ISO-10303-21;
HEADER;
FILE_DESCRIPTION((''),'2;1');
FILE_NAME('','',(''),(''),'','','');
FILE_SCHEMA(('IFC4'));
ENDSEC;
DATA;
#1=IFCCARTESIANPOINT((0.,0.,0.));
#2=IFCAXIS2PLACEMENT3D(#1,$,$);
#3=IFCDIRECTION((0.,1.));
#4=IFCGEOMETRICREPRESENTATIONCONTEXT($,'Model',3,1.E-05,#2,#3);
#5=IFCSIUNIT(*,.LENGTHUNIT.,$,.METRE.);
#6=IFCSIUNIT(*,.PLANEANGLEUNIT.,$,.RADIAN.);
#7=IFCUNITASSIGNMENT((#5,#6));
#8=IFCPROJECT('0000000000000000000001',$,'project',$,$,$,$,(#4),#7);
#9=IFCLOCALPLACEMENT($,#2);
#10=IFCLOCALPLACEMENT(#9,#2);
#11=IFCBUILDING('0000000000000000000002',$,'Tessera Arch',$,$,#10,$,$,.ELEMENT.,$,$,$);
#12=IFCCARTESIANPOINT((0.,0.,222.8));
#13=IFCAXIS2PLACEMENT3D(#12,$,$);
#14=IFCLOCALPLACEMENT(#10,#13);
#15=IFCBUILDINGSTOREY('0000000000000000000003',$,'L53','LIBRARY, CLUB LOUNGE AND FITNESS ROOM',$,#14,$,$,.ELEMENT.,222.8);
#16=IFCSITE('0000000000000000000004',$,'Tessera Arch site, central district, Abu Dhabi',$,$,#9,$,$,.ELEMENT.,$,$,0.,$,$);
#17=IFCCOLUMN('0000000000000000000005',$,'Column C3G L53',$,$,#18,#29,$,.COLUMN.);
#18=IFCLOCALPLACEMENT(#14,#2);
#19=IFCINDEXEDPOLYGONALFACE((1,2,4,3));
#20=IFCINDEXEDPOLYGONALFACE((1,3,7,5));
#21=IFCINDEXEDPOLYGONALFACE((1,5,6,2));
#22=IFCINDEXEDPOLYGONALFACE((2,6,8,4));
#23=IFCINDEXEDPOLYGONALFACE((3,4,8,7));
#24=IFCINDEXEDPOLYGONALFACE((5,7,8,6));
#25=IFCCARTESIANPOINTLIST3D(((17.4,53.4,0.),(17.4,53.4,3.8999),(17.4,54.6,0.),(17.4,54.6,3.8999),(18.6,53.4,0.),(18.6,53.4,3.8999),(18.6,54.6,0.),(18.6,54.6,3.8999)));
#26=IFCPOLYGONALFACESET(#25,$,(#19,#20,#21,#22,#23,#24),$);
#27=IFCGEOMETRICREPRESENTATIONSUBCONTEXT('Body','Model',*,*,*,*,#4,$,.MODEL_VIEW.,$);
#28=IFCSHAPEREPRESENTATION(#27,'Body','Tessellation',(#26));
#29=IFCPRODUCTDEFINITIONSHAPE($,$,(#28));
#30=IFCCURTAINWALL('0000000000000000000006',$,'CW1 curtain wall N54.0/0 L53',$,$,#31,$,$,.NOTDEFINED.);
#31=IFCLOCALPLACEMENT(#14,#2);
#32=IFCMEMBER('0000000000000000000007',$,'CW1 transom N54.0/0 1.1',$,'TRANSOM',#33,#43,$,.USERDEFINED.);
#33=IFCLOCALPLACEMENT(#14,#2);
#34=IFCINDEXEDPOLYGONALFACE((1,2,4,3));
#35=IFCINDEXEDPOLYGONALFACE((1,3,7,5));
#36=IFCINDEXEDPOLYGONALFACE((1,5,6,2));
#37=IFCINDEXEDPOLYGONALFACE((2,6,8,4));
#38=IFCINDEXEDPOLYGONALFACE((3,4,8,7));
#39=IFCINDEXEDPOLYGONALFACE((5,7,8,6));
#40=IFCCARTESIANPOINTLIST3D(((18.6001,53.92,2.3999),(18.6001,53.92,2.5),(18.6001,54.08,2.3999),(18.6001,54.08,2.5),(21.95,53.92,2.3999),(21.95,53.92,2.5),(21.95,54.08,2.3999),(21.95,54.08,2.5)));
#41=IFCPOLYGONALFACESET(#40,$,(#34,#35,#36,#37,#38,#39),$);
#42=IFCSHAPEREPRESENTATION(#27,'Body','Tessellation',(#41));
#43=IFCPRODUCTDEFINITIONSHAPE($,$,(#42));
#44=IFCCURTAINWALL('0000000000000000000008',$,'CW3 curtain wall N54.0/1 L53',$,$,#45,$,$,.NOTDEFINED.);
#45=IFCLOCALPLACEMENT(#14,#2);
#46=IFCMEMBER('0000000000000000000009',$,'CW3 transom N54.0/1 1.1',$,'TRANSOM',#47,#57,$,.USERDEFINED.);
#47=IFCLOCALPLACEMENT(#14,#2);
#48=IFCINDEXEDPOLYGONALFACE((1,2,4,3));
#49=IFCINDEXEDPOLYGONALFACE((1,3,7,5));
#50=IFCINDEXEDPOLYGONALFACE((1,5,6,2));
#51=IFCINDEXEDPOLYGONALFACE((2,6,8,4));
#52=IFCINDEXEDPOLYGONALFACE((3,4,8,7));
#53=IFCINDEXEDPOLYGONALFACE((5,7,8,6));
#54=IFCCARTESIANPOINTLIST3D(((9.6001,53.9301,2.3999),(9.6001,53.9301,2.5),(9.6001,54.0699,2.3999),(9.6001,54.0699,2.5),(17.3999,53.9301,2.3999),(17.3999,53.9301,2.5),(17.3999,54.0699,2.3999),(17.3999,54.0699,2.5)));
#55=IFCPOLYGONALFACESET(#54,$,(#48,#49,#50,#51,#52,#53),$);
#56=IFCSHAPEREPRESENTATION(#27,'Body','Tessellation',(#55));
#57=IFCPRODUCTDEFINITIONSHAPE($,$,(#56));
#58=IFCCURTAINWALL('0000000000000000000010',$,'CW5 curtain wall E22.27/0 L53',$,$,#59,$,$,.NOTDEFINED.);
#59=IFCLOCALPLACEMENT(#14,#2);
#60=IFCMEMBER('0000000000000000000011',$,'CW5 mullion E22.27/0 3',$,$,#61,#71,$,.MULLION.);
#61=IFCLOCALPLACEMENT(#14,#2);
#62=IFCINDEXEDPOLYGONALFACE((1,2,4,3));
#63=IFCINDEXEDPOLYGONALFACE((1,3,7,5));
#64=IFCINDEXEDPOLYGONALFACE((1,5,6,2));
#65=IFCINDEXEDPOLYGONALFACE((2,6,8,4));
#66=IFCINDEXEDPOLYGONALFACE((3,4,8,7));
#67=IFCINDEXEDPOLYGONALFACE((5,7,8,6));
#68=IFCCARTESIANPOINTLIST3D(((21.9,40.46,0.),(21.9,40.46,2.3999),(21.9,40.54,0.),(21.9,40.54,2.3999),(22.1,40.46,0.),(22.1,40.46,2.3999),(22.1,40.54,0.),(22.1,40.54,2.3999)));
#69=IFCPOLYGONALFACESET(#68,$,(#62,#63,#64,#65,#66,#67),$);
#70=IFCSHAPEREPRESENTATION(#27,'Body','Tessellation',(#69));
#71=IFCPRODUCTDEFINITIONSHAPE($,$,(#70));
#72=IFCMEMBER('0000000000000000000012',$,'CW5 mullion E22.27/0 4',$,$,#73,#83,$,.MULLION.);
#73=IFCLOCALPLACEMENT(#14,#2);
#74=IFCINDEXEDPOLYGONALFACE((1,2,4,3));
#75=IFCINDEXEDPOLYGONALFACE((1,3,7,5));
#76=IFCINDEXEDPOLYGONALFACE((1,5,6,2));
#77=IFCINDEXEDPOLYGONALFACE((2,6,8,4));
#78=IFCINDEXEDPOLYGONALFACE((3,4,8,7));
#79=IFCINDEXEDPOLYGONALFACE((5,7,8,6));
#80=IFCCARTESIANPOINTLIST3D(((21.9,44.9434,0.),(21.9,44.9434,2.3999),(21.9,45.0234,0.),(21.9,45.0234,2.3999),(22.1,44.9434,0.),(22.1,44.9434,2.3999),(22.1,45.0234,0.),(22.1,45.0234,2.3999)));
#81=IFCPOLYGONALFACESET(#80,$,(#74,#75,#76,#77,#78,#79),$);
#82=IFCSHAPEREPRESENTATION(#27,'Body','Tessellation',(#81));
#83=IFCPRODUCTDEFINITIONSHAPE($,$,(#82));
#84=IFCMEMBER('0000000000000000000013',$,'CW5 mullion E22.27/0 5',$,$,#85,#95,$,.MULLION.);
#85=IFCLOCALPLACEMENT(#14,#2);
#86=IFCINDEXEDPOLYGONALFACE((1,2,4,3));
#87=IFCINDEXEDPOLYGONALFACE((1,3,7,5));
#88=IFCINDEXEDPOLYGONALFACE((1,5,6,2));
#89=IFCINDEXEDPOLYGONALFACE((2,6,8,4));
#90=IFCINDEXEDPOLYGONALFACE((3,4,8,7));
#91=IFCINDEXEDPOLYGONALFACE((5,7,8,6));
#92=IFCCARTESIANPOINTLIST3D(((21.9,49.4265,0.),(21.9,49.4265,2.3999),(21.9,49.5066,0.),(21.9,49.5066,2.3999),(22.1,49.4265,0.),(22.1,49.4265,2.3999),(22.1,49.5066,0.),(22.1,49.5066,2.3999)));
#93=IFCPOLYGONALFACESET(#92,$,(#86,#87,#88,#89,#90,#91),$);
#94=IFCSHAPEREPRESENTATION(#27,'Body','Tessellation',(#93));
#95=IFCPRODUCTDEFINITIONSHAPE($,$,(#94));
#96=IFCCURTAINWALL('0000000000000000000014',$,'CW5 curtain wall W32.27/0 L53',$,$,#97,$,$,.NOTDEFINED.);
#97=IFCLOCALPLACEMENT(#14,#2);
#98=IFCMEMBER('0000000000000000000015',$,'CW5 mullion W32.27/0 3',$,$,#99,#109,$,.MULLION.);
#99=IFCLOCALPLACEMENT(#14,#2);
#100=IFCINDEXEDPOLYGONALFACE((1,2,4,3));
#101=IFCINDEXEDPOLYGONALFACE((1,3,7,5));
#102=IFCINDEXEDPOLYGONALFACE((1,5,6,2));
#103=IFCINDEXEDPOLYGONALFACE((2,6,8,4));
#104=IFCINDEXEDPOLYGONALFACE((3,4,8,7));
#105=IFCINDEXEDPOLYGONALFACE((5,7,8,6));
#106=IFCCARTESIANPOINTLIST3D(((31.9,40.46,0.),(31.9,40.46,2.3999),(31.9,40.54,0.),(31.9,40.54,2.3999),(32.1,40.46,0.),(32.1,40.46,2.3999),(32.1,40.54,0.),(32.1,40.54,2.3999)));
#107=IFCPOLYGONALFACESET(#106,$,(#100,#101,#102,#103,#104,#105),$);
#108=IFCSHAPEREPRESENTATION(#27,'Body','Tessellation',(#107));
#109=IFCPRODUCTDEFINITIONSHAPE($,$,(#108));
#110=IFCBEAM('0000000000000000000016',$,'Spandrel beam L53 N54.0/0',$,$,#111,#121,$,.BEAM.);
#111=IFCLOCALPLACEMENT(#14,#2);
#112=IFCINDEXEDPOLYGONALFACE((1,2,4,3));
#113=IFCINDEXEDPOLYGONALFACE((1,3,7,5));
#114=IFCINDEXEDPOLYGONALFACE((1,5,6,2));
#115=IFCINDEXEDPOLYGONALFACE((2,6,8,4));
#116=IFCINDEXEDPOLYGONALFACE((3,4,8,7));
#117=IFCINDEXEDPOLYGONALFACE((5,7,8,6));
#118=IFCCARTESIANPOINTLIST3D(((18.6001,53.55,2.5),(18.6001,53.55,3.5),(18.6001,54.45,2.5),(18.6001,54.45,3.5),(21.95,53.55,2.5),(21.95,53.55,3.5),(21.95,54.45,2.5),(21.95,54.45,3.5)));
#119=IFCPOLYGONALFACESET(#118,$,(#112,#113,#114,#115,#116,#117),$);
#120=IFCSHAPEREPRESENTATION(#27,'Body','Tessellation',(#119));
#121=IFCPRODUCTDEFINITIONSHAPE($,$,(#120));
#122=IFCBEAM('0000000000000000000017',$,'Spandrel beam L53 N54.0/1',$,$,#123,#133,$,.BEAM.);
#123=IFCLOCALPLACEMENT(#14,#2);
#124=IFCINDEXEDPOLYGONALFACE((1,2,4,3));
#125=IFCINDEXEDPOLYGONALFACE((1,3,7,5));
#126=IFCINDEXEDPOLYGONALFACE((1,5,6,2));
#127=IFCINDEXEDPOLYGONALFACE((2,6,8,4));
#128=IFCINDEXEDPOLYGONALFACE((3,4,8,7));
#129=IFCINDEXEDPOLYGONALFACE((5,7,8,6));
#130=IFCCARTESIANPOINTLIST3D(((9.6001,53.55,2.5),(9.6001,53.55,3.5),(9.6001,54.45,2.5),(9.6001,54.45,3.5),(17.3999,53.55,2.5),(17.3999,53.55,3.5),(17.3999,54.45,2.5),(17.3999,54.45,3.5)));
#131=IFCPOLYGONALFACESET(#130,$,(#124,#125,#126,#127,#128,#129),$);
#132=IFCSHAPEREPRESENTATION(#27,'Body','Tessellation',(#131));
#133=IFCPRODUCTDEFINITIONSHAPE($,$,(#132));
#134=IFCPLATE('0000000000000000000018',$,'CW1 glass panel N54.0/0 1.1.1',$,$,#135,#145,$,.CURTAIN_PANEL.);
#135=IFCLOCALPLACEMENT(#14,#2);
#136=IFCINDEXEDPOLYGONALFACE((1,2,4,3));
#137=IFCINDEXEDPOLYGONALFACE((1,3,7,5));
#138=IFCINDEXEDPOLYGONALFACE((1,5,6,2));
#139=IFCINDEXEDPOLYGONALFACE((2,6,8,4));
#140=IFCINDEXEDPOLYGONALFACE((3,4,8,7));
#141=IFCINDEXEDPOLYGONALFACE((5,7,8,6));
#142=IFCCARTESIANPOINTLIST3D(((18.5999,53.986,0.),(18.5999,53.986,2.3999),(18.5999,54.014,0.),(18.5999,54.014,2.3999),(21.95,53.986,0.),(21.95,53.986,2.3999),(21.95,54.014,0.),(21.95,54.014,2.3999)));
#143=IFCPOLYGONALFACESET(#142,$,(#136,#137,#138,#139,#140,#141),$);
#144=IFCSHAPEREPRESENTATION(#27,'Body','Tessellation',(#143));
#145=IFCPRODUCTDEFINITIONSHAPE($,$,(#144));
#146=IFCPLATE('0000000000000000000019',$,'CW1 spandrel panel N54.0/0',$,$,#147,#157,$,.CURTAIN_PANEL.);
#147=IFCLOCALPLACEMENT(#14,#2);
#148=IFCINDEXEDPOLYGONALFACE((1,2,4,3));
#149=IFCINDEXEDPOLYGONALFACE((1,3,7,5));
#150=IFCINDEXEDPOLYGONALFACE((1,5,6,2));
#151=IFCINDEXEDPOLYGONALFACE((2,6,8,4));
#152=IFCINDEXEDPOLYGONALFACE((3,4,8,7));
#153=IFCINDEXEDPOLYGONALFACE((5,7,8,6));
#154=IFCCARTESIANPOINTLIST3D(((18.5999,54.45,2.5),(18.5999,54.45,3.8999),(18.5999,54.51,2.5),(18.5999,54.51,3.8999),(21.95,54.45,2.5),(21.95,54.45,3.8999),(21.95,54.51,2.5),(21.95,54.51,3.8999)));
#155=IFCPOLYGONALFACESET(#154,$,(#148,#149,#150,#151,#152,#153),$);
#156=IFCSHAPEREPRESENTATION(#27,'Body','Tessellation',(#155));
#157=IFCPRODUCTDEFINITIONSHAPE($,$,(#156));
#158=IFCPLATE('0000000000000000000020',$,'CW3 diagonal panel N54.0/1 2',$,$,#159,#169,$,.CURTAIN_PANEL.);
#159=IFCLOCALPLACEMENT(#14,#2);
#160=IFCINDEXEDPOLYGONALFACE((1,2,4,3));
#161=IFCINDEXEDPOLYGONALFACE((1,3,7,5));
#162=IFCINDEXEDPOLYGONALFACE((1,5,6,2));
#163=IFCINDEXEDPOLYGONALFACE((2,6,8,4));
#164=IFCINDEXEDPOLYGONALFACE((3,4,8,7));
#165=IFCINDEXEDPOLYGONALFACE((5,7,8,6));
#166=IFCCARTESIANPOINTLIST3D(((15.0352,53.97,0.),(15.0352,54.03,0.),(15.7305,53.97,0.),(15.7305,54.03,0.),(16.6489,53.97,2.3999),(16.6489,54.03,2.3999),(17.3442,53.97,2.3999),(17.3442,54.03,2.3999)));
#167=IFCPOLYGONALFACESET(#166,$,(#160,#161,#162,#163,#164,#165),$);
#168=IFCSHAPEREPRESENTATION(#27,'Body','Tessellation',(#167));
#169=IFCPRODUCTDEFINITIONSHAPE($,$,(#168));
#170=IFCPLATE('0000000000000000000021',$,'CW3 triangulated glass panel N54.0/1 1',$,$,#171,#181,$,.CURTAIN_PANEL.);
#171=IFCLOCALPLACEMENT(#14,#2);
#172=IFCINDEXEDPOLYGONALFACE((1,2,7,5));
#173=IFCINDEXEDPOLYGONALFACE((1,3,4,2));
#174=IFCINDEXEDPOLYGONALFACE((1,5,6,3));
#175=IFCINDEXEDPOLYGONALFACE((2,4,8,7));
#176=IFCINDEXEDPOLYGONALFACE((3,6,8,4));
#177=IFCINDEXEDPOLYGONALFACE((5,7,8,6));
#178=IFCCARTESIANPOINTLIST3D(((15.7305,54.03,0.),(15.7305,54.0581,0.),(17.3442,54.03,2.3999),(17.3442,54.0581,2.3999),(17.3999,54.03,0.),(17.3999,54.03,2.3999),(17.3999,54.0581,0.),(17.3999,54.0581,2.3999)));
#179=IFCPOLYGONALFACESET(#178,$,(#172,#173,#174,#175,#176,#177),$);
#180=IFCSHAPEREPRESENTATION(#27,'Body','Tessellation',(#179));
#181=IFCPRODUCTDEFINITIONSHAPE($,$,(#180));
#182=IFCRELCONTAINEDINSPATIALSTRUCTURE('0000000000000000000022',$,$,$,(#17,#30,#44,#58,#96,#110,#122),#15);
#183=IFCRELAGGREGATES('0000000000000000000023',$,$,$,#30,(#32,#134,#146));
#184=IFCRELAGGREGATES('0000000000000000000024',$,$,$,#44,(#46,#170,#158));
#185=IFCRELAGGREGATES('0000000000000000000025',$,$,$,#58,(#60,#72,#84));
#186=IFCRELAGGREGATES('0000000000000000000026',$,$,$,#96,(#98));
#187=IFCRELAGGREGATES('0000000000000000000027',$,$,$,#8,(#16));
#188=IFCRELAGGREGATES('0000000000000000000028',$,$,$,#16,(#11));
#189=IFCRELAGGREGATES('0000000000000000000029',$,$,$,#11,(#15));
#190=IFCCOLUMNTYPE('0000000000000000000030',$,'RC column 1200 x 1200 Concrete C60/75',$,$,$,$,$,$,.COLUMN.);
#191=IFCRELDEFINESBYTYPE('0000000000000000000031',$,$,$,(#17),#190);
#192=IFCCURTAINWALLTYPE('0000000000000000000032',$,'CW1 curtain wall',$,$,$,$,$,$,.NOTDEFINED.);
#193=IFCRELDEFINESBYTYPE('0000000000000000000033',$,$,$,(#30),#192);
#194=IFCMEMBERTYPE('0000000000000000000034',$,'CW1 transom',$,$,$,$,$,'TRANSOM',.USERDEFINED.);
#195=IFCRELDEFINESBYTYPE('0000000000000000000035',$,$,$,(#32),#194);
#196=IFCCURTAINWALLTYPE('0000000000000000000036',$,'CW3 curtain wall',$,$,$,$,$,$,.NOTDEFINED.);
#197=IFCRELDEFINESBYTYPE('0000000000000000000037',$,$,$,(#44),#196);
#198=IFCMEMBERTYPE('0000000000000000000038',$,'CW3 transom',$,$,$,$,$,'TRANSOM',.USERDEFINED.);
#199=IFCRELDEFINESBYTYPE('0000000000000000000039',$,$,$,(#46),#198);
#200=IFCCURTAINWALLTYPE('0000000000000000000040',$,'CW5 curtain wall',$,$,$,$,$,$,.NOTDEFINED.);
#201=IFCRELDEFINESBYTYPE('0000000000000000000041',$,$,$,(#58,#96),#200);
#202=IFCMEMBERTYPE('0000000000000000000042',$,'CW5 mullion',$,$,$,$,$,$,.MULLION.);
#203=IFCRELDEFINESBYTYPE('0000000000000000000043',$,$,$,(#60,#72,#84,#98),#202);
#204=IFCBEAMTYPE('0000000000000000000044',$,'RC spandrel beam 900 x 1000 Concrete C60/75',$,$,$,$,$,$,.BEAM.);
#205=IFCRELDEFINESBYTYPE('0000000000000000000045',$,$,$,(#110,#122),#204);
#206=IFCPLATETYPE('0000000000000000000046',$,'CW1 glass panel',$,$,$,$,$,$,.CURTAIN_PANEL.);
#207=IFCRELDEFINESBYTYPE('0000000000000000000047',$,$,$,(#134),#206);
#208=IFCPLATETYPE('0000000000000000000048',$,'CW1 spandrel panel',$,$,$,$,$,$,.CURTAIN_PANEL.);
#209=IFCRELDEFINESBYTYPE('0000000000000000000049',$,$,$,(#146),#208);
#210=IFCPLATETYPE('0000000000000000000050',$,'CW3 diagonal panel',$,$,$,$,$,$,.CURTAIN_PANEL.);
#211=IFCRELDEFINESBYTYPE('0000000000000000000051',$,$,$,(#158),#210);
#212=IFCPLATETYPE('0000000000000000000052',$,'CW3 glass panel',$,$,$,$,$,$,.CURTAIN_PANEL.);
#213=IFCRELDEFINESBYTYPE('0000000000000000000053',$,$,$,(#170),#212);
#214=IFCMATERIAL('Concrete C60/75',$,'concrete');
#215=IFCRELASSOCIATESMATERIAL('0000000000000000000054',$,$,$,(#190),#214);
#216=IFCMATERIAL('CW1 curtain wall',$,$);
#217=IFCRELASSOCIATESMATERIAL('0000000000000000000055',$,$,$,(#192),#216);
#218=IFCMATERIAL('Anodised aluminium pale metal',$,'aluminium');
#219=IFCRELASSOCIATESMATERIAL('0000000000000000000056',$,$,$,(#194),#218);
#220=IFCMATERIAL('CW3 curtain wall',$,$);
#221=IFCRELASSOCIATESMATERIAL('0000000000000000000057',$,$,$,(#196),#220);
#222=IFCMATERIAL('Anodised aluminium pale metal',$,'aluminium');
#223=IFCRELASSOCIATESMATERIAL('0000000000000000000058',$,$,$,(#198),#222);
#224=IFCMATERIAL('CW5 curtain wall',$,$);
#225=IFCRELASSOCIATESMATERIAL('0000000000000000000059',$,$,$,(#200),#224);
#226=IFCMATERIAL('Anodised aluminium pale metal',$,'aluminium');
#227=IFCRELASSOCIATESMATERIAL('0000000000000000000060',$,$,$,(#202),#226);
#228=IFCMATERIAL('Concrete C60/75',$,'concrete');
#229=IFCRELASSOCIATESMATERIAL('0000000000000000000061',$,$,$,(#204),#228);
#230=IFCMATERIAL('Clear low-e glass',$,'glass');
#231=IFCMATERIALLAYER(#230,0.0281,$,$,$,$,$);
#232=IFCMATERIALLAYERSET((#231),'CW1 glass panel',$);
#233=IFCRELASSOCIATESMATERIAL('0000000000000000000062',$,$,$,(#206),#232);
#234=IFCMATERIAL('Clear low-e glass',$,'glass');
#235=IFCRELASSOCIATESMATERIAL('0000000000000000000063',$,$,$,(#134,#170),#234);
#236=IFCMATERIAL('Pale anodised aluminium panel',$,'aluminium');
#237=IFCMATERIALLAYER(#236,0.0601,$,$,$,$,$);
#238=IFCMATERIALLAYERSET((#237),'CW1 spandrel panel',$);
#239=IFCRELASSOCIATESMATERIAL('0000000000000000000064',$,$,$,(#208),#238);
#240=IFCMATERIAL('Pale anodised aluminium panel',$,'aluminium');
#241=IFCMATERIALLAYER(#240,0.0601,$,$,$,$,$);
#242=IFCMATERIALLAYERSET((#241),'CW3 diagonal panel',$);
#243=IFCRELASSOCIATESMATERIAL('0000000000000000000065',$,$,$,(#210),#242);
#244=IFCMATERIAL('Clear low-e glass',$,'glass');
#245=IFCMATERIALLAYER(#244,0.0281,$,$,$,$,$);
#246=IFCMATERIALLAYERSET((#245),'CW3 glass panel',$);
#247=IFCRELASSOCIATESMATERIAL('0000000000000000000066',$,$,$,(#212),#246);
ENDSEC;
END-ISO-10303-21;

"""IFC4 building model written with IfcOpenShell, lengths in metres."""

from ifc_helpers import new_model, si_unit, direction, frame, origin, origin_2d, place, context, subcontext, project, spatial, polyline, rectangle, outline, extrude, material, layer, layer_set, material_profile, profile_set, type_object, element, aggregate, save


model = new_model("IFC4")

# Units and contexts
model_context = context("Model", 3, precision=1e-05, world=origin(), true_north=direction((0.0, 1.0)))
body_context = subcontext(model_context, "Body", "Model", "MODEL_VIEW")
ifc_project = project(units=[si_unit("LENGTHUNIT", "METRE"), si_unit("PLANEANGLEUNIT", "RADIAN")], contexts=[model_context])

# Site, building, storey
site_placement = place(None, origin())
site = spatial("IfcSite", under=ifc_project, at=site_placement, Name="Tessera Arch site, central district, Abu Dhabi", CompositionType="ELEMENT", RefElevation=0.0)
building_placement = place(site_placement, origin())
building = spatial("IfcBuilding", under=site, at=building_placement, Name="Tessera Arch", CompositionType="ELEMENT")
storey_placement = place(building_placement, frame((0.0, 0.0, 222.8)))
storey = spatial("IfcBuildingStorey", under=building, at=storey_placement, Name="L53", Description="LIBRARY, CLUB LOUNGE AND FITNESS ROOM", CompositionType="ELEMENT", Elevation=222.8)

# Column
ifc_material_1 = material(Name="Concrete C60/75", Category="concrete")
ifc_material_profile_1 = material_profile(ifc_material_1, rectangle(XDim=1.2, YDim=1.2, at=origin_2d()), Name="RC column 1200 x 1200 Concrete C60/75")
ifc_profile_set_1 = profile_set([ifc_material_profile_1], Name="Concrete C60/75")
column_type = type_object("IfcColumnType", Name="RC column 1200 x 1200 Concrete C60/75", PredefinedType="COLUMN", material=ifc_profile_set_1)
column_placement = place(storey_placement, frame((18.0, 54.0, 0.0), z_axis=(0.0, 0.0, 1.0), x_axis=(1.0, 0.0, 0.0)))
element("IfcColumn", 1, at=column_placement, inside=storey, type_object=column_type, Name="Column C3G L53", PredefinedType="COLUMN", context=body_context, shape_type="SweptSolid", body=[
    extrude(rectangle(XDim=1.2, YDim=1.2, at=origin_2d()), origin(), (0.0, 0.0, 1.0), 3.8999),
])

# Curtain walls, members
ifc_material_2 = material(Name="CW1 curtain wall")
curtain_wall_type_1 = type_object("IfcCurtainWallType", Name="CW1 curtain wall", PredefinedType="NOTDEFINED", material=ifc_material_2)
curtain_wall_1_placement = place(storey_placement, origin())
curtain_wall_1 = element("IfcCurtainWall", 2, at=curtain_wall_1_placement, inside=storey, type_object=curtain_wall_type_1, Name="CW1 curtain wall N54.0/0 L53", PredefinedType="NOTDEFINED")
ifc_material_3 = material(Name="Anodised aluminium pale metal", Category="aluminium")
ifc_material_profile_2 = material_profile(ifc_material_3, rectangle(XDim=0.1599, YDim=0.1001, at=origin_2d()), Name="AL 160x100")
ifc_profile_set_2 = profile_set([ifc_material_profile_2], Name="Anodised aluminium pale metal")
member_type_1 = type_object("IfcMemberType", Name="CW1 transom", ElementType="TRANSOM", PredefinedType="USERDEFINED", material=ifc_profile_set_2)
member_1_placement = place(storey_placement, frame((21.95, 54.0, 2.45), z_axis=(-1.0, 0.0, 0.0), x_axis=(0.0, -1.0, 0.0)))
member_1 = element("IfcMember", 3, at=member_1_placement, type_object=member_type_1, Name="CW1 transom N54.0/0 1.1", ObjectType="TRANSOM", PredefinedType="USERDEFINED", context=body_context, shape_type="SweptSolid", body=[
    extrude(rectangle(XDim=0.1599, YDim=0.1001, at=origin_2d()), origin(), (0.0, 0.0, 1.0), 3.3499),
])
ifc_material_4 = material(Name="CW3 curtain wall")
curtain_wall_type_2 = type_object("IfcCurtainWallType", Name="CW3 curtain wall", PredefinedType="NOTDEFINED", material=ifc_material_4)
curtain_wall_2_placement = place(storey_placement, origin())
curtain_wall_2 = element("IfcCurtainWall", 4, at=curtain_wall_2_placement, inside=storey, type_object=curtain_wall_type_2, Name="CW3 curtain wall N54.0/1 L53", PredefinedType="NOTDEFINED")
ifc_material_5 = material(Name="Anodised aluminium pale metal", Category="aluminium")
ifc_material_profile_3 = material_profile(ifc_material_5, rectangle(XDim=0.1399, YDim=0.1001, at=origin_2d()), Name="AL 140x100")
ifc_profile_set_3 = profile_set([ifc_material_profile_3], Name="Anodised aluminium pale metal")
member_type_2 = type_object("IfcMemberType", Name="CW3 transom", ElementType="TRANSOM", PredefinedType="USERDEFINED", material=ifc_profile_set_3)
member_2_placement = place(storey_placement, frame((17.3999, 54.0, 2.45), z_axis=(-1.0, 0.0, 0.0), x_axis=(0.0, -1.0, 0.0)))
member_2 = element("IfcMember", 5, at=member_2_placement, type_object=member_type_2, Name="CW3 transom N54.0/1 1.1", ObjectType="TRANSOM", PredefinedType="USERDEFINED", context=body_context, shape_type="SweptSolid", body=[
    extrude(rectangle(XDim=0.1399, YDim=0.1001, at=origin_2d()), origin(), (0.0, 0.0, 1.0), 7.7998),
])

# Curtain wall, members
ifc_material_6 = material(Name="CW5 curtain wall")
curtain_wall_type_3 = type_object("IfcCurtainWallType", Name="CW5 curtain wall", PredefinedType="NOTDEFINED", material=ifc_material_6)
curtain_wall_3_placement = place(storey_placement, origin())
curtain_wall_3 = element("IfcCurtainWall", 6, at=curtain_wall_3_placement, inside=storey, type_object=curtain_wall_type_3, Name="CW5 curtain wall E22.27/0 L53", PredefinedType="NOTDEFINED")
ifc_material_7 = material(Name="Anodised aluminium pale metal", Category="aluminium")
ifc_material_profile_4 = material_profile(ifc_material_7, rectangle(XDim=0.2, YDim=0.0801, at=origin_2d()), Name="AL 80x200")
ifc_profile_set_4 = profile_set([ifc_material_profile_4], Name="Anodised aluminium pale metal")
member_type_3 = type_object("IfcMemberType", Name="CW5 mullion", PredefinedType="MULLION", material=ifc_profile_set_4)
member_3_placement = place(storey_placement, frame((22.0, 40.5, 0.0), z_axis=(0.0, 0.0, 1.0), x_axis=(-1.0, 0.0, 0.0)))
member_3 = element("IfcMember", 7, at=member_3_placement, type_object=member_type_3, Name="CW5 mullion E22.27/0 3", PredefinedType="MULLION", context=body_context, shape_type="SweptSolid", body=[
    extrude(rectangle(XDim=0.2, YDim=0.0801, at=origin_2d()), origin(), (0.0, 0.0, 1.0), 2.3999),
])
member_4_placement = place(storey_placement, frame((22.0, 44.9834, 0.0), z_axis=(0.0, 0.0, 1.0), x_axis=(-1.0, 0.0, 0.0)))
member_4 = element("IfcMember", 8, at=member_4_placement, type_object=member_type_3, Name="CW5 mullion E22.27/0 4", PredefinedType="MULLION", context=body_context, shape_type="SweptSolid", body=[
    extrude(rectangle(XDim=0.2, YDim=0.0801, at=origin_2d()), origin(), (0.0, 0.0, 1.0), 2.3999),
])
member_5_placement = place(storey_placement, frame((22.0, 49.4666, 0.0), z_axis=(0.0, 0.0, 1.0), x_axis=(-1.0, 0.0, 0.0)))
member_5 = element("IfcMember", 9, at=member_5_placement, type_object=member_type_3, Name="CW5 mullion E22.27/0 5", PredefinedType="MULLION", context=body_context, shape_type="SweptSolid", body=[
    extrude(rectangle(XDim=0.2, YDim=0.0801, at=origin_2d()), origin(), (0.0, 0.0, 1.0), 2.3999),
])

# Curtain wall, member
curtain_wall_4_placement = place(storey_placement, origin())
curtain_wall_4 = element("IfcCurtainWall", 10, at=curtain_wall_4_placement, inside=storey, type_object=curtain_wall_type_3, Name="CW5 curtain wall W32.27/0 L53", PredefinedType="NOTDEFINED")
member_6_placement = place(storey_placement, frame((32.0, 40.5, 0.0), z_axis=(0.0, 0.0, 1.0), x_axis=(1.0, 0.0, 0.0)))
member_6 = element("IfcMember", 11, at=member_6_placement, type_object=member_type_3, Name="CW5 mullion W32.27/0 3", PredefinedType="MULLION", context=body_context, shape_type="SweptSolid", body=[
    extrude(rectangle(XDim=0.2, YDim=0.0801, at=origin_2d()), origin(), (0.0, 0.0, 1.0), 2.3999),
])

# Beams
ifc_material_8 = material(Name="Concrete C60/75", Category="concrete")
ifc_material_profile_5 = material_profile(ifc_material_8, rectangle(XDim=0.8999, YDim=1.0, at=origin_2d()), Name="RC spandrel beam 900 x 1000 Concrete C60/75")
ifc_profile_set_5 = profile_set([ifc_material_profile_5], Name="Concrete C60/75")
beam_type = type_object("IfcBeamType", Name="RC spandrel beam 900 x 1000 Concrete C60/75", PredefinedType="BEAM", material=ifc_profile_set_5)
beam_1_placement = place(storey_placement, frame((21.95, 54.0, 3.0), z_axis=(-1.0, 0.0, 0.0), x_axis=(0.0, -1.0, 0.0)))
element("IfcBeam", 12, at=beam_1_placement, inside=storey, type_object=beam_type, Name="Spandrel beam L53 N54.0/0", PredefinedType="BEAM", context=body_context, shape_type="SweptSolid", body=[
    extrude(rectangle(XDim=0.8999, YDim=1.0, at=origin_2d()), origin(), (0.0, 0.0, 1.0), 3.3499),
])
beam_2_placement = place(storey_placement, frame((17.3999, 54.0, 3.0), z_axis=(-1.0, 0.0, 0.0), x_axis=(0.0, -1.0, 0.0)))
element("IfcBeam", 13, at=beam_2_placement, inside=storey, type_object=beam_type, Name="Spandrel beam L53 N54.0/1", PredefinedType="BEAM", context=body_context, shape_type="SweptSolid", body=[
    extrude(rectangle(XDim=0.8999, YDim=1.0, at=origin_2d()), origin(), (0.0, 0.0, 1.0), 7.7998),
])

# Plates
ifc_material_9 = material(Name="Clear low-e glass", Category="glass")
ifc_material_10 = material(Name="Clear low-e glass", Category="glass")
ifc_layer_1 = layer(ifc_material_10, 0.0281)
ifc_layer_set_1 = layer_set([ifc_layer_1], Name="CW1 glass panel")
plate_type_1 = type_object("IfcPlateType", Name="CW1 glass panel", PredefinedType="CURTAIN_PANEL", material=ifc_layer_set_1)
plate_1_placement = place(storey_placement, frame((20.2749, 54.0, 0.0), z_axis=(0.0, 0.0, 1.0), x_axis=(-1.0, 0.0, 0.0)))
plate_1 = element("IfcPlate", 14, at=plate_1_placement, type_object=plate_type_1, material=ifc_material_9, Name="CW1 glass panel N54.0/0 1.1.1", PredefinedType="CURTAIN_PANEL", context=body_context, shape_type="SweptSolid", body=[
    extrude(rectangle(XDim=3.3501, YDim=0.0281, at=origin_2d()), origin(), (0.0, 0.0, 1.0), 2.3999),
])
ifc_material_11 = material(Name="Pale anodised aluminium panel", Category="aluminium")
ifc_layer_2 = layer(ifc_material_11, 0.0601)
ifc_layer_set_2 = layer_set([ifc_layer_2], Name="CW1 spandrel panel")
plate_type_2 = type_object("IfcPlateType", Name="CW1 spandrel panel", PredefinedType="CURTAIN_PANEL", material=ifc_layer_set_2)
plate_2_placement = place(storey_placement, frame((20.2749, 54.48, 2.5), z_axis=(0.0, 0.0, 1.0), x_axis=(-1.0, 0.0, 0.0)))
plate_2 = element("IfcPlate", 15, at=plate_2_placement, type_object=plate_type_2, Name="CW1 spandrel panel N54.0/0", PredefinedType="CURTAIN_PANEL", context=body_context, shape_type="SweptSolid", body=[
    extrude(rectangle(XDim=3.3501, YDim=0.0601, at=origin_2d()), origin(), (0.0, 0.0, 1.0), 1.3999),
])
aggregate(curtain_wall_1, [member_1, plate_1, plate_2])
ifc_material_12 = material(Name="Pale anodised aluminium panel", Category="aluminium")
ifc_layer_3 = layer(ifc_material_12, 0.0601)
ifc_layer_set_3 = layer_set([ifc_layer_3], Name="CW3 diagonal panel")
plate_type_3 = type_object("IfcPlateType", Name="CW3 diagonal panel", PredefinedType="CURTAIN_PANEL", material=ifc_layer_set_3)
plate_3_placement = place(storey_placement, frame((16.6489, 54.03, 2.3999), z_axis=(0.0, 1.0, 0.0), x_axis=(1.0, 0.0, 0.0)))
plate_3 = element("IfcPlate", 16, at=plate_3_placement, type_object=plate_type_3, Name="CW3 diagonal panel N54.0/1 2", PredefinedType="CURTAIN_PANEL", context=body_context, shape_type="SweptSolid", body=[
    extrude(outline(polyline([(0.0, 0.0), (0.6953, 0.0), (-0.9185, 2.3999), (-1.6138, 2.3999), (0.0, 0.0)])), origin(), (0.0, 0.0, -1.0), 0.0601),
])
ifc_material_13 = material(Name="Clear low-e glass", Category="glass")
ifc_layer_4 = layer(ifc_material_13, 0.0281)
ifc_layer_set_4 = layer_set([ifc_layer_4], Name="CW3 glass panel")
plate_type_4 = type_object("IfcPlateType", Name="CW3 glass panel", PredefinedType="CURTAIN_PANEL", material=ifc_layer_set_4)
plate_4_placement = place(storey_placement, frame((17.3999, 54.0581, 0.0), z_axis=(0.0, 1.0, 0.0), x_axis=(-1.0, 0.0, 0.0)))
plate_4 = element("IfcPlate", 17, at=plate_4_placement, type_object=plate_type_4, material=ifc_material_9, Name="CW3 triangulated glass panel N54.0/1 1", PredefinedType="CURTAIN_PANEL", context=body_context, shape_type="SweptSolid", body=[
    extrude(outline(polyline([(0.0, 0.0), (1.6694, 0.0), (0.0557, 2.3999), (0.0, 2.3999), (0.0, 0.0)])), origin(), (0.0, 0.0, -1.0), 0.0281),
])
aggregate(curtain_wall_2, [member_2, plate_4, plate_3])
aggregate(curtain_wall_3, [member_3, member_4, member_5])
aggregate(curtain_wall_4, [member_6])

save(model, "model.ifc")
